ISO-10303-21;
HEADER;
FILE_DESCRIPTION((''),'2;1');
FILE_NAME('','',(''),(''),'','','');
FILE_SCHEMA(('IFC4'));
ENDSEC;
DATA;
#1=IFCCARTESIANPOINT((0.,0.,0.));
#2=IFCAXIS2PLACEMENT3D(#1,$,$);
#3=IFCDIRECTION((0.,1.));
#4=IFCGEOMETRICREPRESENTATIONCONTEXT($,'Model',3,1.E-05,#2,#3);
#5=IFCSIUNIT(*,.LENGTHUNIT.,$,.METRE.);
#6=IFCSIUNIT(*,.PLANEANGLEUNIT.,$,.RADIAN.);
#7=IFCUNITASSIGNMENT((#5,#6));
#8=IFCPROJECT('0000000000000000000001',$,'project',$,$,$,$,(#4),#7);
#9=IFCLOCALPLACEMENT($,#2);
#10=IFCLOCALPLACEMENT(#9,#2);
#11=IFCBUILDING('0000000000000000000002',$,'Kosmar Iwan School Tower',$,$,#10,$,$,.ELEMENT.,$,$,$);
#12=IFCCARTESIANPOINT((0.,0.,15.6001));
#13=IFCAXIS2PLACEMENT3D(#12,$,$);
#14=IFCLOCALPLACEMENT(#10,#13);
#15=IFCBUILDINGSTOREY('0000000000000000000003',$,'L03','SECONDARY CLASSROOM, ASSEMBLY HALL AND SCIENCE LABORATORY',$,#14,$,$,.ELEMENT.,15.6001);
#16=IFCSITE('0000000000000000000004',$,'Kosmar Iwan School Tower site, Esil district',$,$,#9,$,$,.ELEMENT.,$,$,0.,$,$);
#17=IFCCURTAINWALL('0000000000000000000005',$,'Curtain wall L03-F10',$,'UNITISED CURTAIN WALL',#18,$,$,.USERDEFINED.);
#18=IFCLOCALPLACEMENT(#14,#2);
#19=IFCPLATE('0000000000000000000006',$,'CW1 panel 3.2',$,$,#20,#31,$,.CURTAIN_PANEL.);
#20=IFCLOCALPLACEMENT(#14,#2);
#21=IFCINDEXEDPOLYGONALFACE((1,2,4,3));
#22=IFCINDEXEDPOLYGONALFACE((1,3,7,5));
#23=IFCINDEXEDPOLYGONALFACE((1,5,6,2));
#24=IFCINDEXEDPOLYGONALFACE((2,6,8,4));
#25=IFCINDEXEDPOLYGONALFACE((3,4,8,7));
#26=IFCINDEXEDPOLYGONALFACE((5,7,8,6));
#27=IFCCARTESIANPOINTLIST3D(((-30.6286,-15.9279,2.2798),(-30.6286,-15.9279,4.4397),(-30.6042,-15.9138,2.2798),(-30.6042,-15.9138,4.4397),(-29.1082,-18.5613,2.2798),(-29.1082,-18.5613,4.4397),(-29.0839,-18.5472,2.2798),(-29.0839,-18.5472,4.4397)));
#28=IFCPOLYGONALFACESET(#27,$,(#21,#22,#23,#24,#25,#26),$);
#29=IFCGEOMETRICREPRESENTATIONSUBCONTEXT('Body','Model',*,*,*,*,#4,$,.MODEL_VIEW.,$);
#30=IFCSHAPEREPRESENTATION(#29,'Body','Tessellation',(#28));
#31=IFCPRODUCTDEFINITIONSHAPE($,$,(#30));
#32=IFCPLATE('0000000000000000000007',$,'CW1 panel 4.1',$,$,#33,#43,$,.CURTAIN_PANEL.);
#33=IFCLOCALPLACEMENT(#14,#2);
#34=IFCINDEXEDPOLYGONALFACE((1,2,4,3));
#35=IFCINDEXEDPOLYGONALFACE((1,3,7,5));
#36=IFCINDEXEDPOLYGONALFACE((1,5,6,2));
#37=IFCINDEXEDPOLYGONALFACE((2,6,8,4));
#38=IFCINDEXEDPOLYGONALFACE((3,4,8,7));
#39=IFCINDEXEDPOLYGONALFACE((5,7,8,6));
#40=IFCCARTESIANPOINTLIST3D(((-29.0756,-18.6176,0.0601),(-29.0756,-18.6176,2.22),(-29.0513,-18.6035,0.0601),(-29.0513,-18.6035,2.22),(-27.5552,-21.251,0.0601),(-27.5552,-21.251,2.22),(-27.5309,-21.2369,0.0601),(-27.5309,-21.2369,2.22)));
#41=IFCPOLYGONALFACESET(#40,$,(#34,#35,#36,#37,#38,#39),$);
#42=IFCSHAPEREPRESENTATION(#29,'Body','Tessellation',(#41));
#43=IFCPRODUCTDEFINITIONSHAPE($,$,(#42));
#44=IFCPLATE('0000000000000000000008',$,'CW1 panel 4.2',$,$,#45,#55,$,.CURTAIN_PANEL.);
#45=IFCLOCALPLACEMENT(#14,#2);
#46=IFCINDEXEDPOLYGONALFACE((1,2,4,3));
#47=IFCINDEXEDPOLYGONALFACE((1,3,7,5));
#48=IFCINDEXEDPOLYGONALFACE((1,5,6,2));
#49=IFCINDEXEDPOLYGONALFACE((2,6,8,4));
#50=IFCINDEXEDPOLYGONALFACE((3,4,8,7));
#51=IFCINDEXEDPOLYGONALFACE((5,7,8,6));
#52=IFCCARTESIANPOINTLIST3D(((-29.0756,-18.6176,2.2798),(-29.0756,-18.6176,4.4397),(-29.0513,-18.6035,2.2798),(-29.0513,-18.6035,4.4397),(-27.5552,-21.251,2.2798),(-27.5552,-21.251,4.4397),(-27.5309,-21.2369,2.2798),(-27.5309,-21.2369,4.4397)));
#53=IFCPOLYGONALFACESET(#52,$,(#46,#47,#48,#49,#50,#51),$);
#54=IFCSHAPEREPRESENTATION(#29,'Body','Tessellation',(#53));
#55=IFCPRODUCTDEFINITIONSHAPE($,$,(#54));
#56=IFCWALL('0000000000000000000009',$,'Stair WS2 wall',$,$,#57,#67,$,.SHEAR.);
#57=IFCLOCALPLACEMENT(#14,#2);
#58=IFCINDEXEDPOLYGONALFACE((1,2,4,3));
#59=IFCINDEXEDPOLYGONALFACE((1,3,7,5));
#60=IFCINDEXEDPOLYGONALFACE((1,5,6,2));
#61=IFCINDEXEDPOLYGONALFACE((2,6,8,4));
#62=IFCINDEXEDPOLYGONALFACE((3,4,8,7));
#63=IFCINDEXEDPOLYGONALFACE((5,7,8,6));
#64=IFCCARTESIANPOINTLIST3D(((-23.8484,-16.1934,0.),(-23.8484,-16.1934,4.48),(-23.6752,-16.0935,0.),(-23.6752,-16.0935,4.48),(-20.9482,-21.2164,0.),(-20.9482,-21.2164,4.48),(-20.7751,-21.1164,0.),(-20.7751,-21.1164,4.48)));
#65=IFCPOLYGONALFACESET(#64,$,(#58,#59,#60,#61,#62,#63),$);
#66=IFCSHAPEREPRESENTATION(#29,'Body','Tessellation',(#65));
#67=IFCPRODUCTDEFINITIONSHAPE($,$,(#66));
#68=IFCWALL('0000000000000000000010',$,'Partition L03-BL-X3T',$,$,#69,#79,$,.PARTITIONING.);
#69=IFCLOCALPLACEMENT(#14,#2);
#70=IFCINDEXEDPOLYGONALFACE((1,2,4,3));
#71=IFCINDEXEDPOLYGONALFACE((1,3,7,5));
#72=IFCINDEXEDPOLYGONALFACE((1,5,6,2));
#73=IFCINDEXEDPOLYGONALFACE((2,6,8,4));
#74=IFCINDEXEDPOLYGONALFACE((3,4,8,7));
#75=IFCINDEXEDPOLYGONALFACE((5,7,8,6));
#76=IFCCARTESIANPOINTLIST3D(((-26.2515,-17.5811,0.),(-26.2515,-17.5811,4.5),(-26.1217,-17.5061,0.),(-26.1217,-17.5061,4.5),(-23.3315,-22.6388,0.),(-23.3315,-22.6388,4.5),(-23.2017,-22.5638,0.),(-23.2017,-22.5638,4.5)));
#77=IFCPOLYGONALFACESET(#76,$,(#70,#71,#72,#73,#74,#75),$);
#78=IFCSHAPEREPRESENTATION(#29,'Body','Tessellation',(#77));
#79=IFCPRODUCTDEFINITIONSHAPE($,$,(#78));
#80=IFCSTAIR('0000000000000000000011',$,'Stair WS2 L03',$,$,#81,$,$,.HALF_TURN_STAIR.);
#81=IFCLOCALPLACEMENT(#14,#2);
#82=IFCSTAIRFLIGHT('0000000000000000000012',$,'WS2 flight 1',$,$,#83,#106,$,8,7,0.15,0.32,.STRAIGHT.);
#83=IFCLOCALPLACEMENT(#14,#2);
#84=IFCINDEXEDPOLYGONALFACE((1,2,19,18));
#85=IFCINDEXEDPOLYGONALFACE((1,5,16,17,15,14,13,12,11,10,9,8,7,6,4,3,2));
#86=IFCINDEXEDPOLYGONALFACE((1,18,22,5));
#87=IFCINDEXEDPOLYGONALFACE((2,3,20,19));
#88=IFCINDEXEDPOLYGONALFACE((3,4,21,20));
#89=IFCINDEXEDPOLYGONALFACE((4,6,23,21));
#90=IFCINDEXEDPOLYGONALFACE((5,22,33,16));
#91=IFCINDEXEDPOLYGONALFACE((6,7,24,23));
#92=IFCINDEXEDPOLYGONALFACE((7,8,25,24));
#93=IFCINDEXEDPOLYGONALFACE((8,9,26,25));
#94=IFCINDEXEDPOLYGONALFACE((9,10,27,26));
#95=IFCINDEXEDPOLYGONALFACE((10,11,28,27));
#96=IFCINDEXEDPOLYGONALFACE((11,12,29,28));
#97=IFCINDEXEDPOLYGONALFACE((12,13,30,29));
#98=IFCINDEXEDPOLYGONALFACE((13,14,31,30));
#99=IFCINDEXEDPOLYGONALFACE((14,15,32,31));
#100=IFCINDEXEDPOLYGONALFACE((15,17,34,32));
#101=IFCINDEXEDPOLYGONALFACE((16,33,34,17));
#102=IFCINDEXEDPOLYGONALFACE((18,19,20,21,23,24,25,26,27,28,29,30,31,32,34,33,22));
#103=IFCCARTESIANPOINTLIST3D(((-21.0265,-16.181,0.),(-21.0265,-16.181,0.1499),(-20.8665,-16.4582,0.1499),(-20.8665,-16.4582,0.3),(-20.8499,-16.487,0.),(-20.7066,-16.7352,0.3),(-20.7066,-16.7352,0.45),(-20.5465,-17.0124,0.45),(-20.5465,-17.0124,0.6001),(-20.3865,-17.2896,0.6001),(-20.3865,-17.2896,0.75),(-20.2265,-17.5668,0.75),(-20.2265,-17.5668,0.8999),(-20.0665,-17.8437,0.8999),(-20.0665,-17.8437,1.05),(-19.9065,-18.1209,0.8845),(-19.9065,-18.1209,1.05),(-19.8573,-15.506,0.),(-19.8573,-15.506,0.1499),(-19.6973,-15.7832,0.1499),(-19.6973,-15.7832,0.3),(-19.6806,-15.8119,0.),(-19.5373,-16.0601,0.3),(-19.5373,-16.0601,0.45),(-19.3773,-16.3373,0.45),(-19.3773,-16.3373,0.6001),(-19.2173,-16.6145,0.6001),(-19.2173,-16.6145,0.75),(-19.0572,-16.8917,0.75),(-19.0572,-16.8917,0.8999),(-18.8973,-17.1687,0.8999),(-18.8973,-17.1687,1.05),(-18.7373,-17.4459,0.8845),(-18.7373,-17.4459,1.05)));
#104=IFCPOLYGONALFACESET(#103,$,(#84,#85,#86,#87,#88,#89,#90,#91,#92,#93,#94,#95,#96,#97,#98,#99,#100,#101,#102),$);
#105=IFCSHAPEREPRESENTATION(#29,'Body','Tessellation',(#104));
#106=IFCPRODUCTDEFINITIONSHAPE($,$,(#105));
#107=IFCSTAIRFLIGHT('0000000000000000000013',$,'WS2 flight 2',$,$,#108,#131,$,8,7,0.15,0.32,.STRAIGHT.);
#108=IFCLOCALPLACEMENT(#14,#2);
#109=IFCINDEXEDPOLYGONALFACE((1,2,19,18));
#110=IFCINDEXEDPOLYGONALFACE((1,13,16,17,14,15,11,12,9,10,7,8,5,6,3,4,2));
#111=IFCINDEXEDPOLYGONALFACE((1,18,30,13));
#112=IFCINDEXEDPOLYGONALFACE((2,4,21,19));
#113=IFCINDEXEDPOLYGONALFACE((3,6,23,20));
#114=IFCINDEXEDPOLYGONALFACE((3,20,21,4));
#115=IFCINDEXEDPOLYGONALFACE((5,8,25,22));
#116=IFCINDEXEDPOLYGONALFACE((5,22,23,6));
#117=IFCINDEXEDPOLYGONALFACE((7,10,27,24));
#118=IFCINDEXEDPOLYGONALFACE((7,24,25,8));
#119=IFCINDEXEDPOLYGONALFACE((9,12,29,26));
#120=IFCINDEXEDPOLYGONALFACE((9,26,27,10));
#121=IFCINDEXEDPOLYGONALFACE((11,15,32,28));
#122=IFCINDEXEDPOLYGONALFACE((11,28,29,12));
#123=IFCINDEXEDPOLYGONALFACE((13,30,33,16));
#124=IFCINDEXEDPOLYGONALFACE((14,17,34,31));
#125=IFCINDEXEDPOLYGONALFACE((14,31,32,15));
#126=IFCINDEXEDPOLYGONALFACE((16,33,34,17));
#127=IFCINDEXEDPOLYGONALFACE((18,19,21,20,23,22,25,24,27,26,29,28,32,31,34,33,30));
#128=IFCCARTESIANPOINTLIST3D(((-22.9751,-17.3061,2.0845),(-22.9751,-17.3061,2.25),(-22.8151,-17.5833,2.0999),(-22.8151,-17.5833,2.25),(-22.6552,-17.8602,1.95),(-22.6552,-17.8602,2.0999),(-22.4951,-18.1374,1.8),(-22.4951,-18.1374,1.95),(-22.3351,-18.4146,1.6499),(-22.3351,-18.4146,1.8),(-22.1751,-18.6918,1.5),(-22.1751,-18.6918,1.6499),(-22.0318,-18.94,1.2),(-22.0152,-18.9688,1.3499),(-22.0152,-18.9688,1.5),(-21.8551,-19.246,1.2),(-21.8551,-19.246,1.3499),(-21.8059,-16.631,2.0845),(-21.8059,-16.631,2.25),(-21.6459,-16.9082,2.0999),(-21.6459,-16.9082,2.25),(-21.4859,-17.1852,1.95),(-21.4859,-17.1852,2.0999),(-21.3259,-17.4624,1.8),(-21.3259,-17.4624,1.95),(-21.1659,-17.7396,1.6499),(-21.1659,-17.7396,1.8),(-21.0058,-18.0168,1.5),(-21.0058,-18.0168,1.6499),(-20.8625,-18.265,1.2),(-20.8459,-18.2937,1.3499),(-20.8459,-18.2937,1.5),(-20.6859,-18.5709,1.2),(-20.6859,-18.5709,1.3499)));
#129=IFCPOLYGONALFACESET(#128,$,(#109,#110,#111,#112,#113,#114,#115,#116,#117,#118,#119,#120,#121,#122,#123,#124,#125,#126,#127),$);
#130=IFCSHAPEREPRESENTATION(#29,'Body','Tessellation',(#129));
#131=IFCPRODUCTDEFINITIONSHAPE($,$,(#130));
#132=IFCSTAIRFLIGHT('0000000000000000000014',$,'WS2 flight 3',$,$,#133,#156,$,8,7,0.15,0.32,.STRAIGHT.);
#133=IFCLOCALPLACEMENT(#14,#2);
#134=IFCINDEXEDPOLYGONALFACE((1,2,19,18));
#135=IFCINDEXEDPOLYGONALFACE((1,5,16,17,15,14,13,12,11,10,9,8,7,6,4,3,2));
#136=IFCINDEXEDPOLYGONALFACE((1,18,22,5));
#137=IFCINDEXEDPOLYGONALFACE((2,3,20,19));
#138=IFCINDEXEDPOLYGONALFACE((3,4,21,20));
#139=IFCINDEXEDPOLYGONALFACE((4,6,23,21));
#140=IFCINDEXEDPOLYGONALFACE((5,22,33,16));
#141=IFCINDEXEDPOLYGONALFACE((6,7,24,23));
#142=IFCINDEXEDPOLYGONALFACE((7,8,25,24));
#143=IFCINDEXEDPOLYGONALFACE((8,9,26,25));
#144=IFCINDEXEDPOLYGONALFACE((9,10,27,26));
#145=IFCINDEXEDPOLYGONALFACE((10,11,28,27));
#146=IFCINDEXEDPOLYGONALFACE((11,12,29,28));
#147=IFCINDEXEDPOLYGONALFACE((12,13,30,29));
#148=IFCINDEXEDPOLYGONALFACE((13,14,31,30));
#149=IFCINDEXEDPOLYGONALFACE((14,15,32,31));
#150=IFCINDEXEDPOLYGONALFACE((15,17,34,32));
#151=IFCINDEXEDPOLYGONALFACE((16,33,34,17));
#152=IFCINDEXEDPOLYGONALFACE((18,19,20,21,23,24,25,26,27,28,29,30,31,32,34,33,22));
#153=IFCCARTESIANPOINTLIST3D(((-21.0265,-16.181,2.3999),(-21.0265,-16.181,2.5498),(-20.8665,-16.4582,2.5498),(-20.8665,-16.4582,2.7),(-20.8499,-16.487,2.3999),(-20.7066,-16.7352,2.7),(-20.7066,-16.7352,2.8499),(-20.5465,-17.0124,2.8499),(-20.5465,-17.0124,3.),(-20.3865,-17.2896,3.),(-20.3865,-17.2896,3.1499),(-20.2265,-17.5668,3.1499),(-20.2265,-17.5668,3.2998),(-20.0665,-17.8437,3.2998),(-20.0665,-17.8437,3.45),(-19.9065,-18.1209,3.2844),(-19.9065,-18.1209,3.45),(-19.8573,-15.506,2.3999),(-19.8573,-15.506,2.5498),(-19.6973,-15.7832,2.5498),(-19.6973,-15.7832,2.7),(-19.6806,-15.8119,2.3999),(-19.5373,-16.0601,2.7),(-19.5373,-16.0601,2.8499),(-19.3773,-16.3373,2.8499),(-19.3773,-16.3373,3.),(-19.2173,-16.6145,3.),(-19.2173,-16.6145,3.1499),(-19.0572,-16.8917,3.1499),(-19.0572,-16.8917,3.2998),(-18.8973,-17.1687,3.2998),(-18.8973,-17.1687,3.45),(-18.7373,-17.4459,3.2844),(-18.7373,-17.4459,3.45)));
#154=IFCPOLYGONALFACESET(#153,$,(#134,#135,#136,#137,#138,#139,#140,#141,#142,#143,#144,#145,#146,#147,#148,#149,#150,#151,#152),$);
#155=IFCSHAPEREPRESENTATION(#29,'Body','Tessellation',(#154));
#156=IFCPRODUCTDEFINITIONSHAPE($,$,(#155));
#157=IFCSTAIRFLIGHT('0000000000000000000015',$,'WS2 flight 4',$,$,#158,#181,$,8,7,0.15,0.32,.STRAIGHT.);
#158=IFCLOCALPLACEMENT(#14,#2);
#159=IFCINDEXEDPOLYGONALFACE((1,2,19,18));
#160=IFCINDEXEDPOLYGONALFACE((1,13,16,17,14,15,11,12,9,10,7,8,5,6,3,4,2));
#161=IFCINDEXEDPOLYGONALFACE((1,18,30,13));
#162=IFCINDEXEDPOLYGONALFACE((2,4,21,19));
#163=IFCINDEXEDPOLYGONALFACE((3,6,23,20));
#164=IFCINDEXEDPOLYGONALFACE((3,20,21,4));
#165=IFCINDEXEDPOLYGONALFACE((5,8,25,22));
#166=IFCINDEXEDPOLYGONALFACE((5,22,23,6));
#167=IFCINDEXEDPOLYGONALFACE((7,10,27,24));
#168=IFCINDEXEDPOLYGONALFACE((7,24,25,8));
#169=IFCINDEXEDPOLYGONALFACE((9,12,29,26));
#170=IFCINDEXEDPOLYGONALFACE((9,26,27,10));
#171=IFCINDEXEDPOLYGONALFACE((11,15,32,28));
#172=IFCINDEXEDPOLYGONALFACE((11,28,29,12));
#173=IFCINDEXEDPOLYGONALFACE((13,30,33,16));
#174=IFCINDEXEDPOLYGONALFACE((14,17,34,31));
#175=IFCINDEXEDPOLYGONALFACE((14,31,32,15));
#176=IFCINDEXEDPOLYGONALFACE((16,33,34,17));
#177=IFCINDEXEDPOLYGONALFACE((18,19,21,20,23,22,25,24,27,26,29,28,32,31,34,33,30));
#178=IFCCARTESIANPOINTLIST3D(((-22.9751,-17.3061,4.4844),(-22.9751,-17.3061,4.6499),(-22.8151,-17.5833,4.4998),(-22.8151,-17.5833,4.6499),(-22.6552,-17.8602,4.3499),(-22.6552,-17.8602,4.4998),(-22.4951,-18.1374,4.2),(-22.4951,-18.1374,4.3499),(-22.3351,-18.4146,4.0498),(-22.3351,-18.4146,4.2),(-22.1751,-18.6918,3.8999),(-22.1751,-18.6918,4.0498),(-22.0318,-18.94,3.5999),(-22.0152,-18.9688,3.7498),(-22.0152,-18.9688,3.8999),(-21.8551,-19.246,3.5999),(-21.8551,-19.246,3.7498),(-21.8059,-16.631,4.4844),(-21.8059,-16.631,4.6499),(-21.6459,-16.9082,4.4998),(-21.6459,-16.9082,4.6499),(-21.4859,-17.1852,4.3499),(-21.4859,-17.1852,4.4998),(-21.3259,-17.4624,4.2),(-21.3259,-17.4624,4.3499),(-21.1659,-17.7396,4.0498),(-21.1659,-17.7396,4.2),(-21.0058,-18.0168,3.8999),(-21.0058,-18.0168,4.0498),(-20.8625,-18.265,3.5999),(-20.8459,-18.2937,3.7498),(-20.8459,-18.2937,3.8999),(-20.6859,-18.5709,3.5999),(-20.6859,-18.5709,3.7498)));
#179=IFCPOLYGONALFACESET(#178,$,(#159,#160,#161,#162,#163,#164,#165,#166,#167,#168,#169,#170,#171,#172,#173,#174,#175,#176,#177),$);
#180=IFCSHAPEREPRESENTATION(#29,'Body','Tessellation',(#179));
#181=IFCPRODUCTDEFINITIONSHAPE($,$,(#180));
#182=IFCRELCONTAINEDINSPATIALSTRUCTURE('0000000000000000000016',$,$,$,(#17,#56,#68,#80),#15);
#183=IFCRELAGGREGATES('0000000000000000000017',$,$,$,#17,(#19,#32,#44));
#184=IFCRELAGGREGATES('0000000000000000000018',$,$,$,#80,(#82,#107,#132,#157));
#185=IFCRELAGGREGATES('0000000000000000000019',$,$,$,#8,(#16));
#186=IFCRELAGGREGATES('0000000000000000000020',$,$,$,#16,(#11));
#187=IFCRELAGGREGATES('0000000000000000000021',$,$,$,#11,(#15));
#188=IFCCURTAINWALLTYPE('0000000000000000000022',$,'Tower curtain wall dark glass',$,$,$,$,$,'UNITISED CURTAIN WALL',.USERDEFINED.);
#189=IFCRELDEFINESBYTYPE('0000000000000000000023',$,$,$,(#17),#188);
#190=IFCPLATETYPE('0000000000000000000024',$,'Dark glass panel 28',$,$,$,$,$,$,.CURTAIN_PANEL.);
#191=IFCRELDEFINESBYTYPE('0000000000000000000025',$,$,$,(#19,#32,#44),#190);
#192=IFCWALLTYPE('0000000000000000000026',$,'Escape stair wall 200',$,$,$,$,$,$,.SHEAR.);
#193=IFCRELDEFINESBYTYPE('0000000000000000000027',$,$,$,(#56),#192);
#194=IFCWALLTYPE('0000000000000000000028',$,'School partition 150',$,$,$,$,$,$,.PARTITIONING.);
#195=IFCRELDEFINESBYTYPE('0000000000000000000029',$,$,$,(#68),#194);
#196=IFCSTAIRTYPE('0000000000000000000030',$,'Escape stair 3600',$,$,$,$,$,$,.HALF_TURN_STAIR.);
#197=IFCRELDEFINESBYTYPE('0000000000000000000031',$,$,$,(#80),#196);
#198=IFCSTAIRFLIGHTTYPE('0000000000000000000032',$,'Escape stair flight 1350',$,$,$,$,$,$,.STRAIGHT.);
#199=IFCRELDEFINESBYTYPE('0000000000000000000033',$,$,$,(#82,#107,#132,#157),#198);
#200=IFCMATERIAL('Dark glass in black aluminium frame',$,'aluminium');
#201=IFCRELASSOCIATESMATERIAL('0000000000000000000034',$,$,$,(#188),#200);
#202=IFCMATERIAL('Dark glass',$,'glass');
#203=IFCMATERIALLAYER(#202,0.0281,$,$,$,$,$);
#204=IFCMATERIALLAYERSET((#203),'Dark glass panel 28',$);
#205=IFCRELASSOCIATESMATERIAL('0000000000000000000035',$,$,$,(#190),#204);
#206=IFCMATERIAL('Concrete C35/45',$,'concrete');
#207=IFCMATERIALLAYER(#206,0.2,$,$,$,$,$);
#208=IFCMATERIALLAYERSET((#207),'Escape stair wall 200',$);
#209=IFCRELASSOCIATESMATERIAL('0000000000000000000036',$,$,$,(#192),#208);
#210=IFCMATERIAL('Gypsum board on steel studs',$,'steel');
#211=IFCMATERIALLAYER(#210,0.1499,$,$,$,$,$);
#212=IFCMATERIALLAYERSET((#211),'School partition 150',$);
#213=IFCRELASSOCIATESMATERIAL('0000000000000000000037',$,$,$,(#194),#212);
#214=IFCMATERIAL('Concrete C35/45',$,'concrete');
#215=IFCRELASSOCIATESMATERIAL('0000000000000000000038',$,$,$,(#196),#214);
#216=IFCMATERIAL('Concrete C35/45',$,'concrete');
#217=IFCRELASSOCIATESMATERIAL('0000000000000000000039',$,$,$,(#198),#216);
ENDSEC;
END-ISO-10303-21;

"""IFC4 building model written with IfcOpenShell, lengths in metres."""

from ifc_helpers import new_model, si_unit, direction, frame, frame_2d, origin, origin_2d, place, context, subcontext, project, spatial, polyline, rectangle, outline, extrude, material, layer, layer_set, type_object, element, aggregate, save


model = new_model("IFC4")

# Units and contexts
model_context = context("Model", 3, precision=1e-05, world=origin(), true_north=direction((0.0, 1.0)))
body_context = subcontext(model_context, "Body", "Model", "MODEL_VIEW")
ifc_project = project(units=[si_unit("LENGTHUNIT", "METRE"), si_unit("PLANEANGLEUNIT", "RADIAN")], contexts=[model_context])

# Site, building, storey
site_placement = place(None, origin())
site = spatial("IfcSite", under=ifc_project, at=site_placement, Name="Kosmar Iwan School Tower site, Esil district", CompositionType="ELEMENT", RefElevation=0.0)
building_placement = place(site_placement, origin())
building = spatial("IfcBuilding", under=site, at=building_placement, Name="Kosmar Iwan School Tower", CompositionType="ELEMENT")
storey_placement = place(building_placement, frame((0.0, 0.0, 15.6001)))
storey = spatial("IfcBuildingStorey", under=building, at=storey_placement, Name="L03", Description="SECONDARY CLASSROOM, ASSEMBLY HALL AND SCIENCE LABORATORY", CompositionType="ELEMENT", Elevation=15.6001)

# Curtain wall, plates
ifc_material_1 = material(Name="Dark glass in black aluminium frame", Category="aluminium")
curtain_wall_type = type_object("IfcCurtainWallType", Name="Tower curtain wall dark glass", ElementType="UNITISED CURTAIN WALL", PredefinedType="USERDEFINED", material=ifc_material_1)
curtain_wall_placement = place(storey_placement, origin())
curtain_wall = element("IfcCurtainWall", 1, at=curtain_wall_placement, inside=storey, type_object=curtain_wall_type, Name="Curtain wall L03-F10", ObjectType="UNITISED CURTAIN WALL", PredefinedType="USERDEFINED")
ifc_material_2 = material(Name="Dark glass", Category="glass")
ifc_layer_1 = layer(ifc_material_2, 0.0281)
ifc_layer_set_1 = layer_set([ifc_layer_1], Name="Dark glass panel 28")
plate_type = type_object("IfcPlateType", Name="Dark glass panel 28", PredefinedType="CURTAIN_PANEL", material=ifc_layer_set_1)
plate_1_placement = place(storey_placement, frame((-29.8562, -17.2375, 2.2798), z_axis=(0.0, 0.0, 1.0), x_axis=(0.5, -0.866025, 0.0)))
plate_1 = element("IfcPlate", 2, at=plate_1_placement, type_object=plate_type, Name="CW1 panel 3.2", PredefinedType="CURTAIN_PANEL", context=body_context, shape_type="SweptSolid", body=[
    extrude(rectangle(XDim=3.0408, YDim=0.0281, at=origin_2d()), origin(), (0.0, 0.0, 1.0), 2.1599),
])
plate_2_placement = place(storey_placement, frame((-28.3032, -19.9272, 0.0601), z_axis=(0.0, 0.0, 1.0), x_axis=(0.5, -0.866025, 0.0)))
plate_2 = element("IfcPlate", 3, at=plate_2_placement, type_object=plate_type, Name="CW1 panel 4.1", PredefinedType="CURTAIN_PANEL", context=body_context, shape_type="SweptSolid", body=[
    extrude(rectangle(XDim=3.0408, YDim=0.0281, at=origin_2d()), origin(), (0.0, 0.0, 1.0), 2.1599),
])
plate_3_placement = place(storey_placement, frame((-28.3032, -19.9272, 2.2798), z_axis=(0.0, 0.0, 1.0), x_axis=(0.5, -0.866025, 0.0)))
plate_3 = element("IfcPlate", 4, at=plate_3_placement, type_object=plate_type, Name="CW1 panel 4.2", PredefinedType="CURTAIN_PANEL", context=body_context, shape_type="SweptSolid", body=[
    extrude(rectangle(XDim=3.0408, YDim=0.0281, at=origin_2d()), origin(), (0.0, 0.0, 1.0), 2.1599),
])
aggregate(curtain_wall, [plate_1, plate_2, plate_3])

# Walls
ifc_material_3 = material(Name="Concrete C35/45", Category="concrete")
ifc_layer_2 = layer(ifc_material_3, 0.2)
ifc_layer_set_2 = layer_set([ifc_layer_2], Name="Escape stair wall 200")
wall_type_1 = type_object("IfcWallType", Name="Escape stair wall 200", PredefinedType="SHEAR", material=ifc_layer_set_2)
wall_1_placement = place(storey_placement, frame((-23.7617, -16.1436, 0.0), z_axis=(0.0, 0.0, 1.0), x_axis=(0.500019, -0.866015, 0.0)))
element("IfcWall", 5, at=wall_1_placement, inside=storey, type_object=wall_type_1, Name="Stair WS2 wall", PredefinedType="SHEAR", context=body_context, shape_type="SweptSolid", body=[
    extrude(rectangle(XDim=5.8, YDim=0.2, at=frame_2d((2.8999, 0.0))), origin(), (0.0, 0.0, 1.0), 4.48),
])
ifc_material_4 = material(Name="Gypsum board on steel studs", Category="steel")
ifc_layer_3 = layer(ifc_material_4, 0.1499)
ifc_layer_set_3 = layer_set([ifc_layer_3], Name="School partition 150")
wall_type_2 = type_object("IfcWallType", Name="School partition 150", PredefinedType="PARTITIONING", material=ifc_layer_set_3)
wall_2_placement = place(storey_placement, frame((-26.1865, -17.5437, 0.0), z_axis=(0.0, 0.0, 1.0), x_axis=(0.499988, -0.866032, 0.0)))
element("IfcWall", 6, at=wall_2_placement, inside=storey, type_object=wall_type_2, Name="Partition L03-BL-X3T", PredefinedType="PARTITIONING", context=body_context, shape_type="SweptSolid", body=[
    extrude(rectangle(XDim=5.8401, YDim=0.1499, at=frame_2d((2.9199, 0.0))), origin(), (0.0, 0.0, 1.0), 4.5),
])

# Stair, stair flights
ifc_material_5 = material(Name="Concrete C35/45", Category="concrete")
stair_type = type_object("IfcStairType", Name="Escape stair 3600", PredefinedType="HALF_TURN_STAIR", material=ifc_material_5)
stair_placement = place(storey_placement, origin())
stair = element("IfcStair", 7, at=stair_placement, inside=storey, type_object=stair_type, Name="Stair WS2 L03", PredefinedType="HALF_TURN_STAIR")
ifc_material_6 = material(Name="Concrete C35/45", Category="concrete")
stair_flight_type = type_object("IfcStairFlightType", Name="Escape stair flight 1350", PredefinedType="STRAIGHT", material=ifc_material_6)
stair_flight_1_placement = place(storey_placement, frame((-20.4419, -15.8435, 0.0), z_axis=(0.0, 0.0, 1.0), x_axis=(0.5, -0.866025, 0.0)))
stair_flight_1 = element("IfcStairFlight", 8, at=stair_flight_1_placement, type_object=stair_flight_type, Name="WS2 flight 1", NumberOfRisers=8, NumberOfTreads=7, PredefinedType="STRAIGHT", RiserHeight=0.15, TreadLength=0.32, context=body_context, shape_type="SweptSolid", body=[
    extrude(outline(polyline([(0.0, 0.0), (0.0, 0.1499), (0.3201, 0.1499), (0.3201, 0.3), (0.6399, 0.3), (0.6399, 0.45), (0.96, 0.45), (0.96, 0.6001), (1.28, 0.6001), (1.28, 0.75), (1.6001, 0.75), (1.6001, 0.8999), (1.9199, 0.8999), (1.9199, 1.05), (2.24, 1.05), (2.24, 1.2), (2.24, 0.8845), (0.3533, 0.0), (0.0, 0.0)])), frame((0.0, 0.675, 0.0), z_axis=(0.0, -1.0, 0.0), x_axis=(1.0, 0.0, 0.0)), (0.0, 0.0, 1.0), 1.3501),
])
stair_flight_2_placement = place(storey_placement, frame((-21.2705, -18.9084, 1.2), z_axis=(0.0, 0.0, 1.0), x_axis=(-0.5, 0.866025, 0.0)))
stair_flight_2 = element("IfcStairFlight", 9, at=stair_flight_2_placement, type_object=stair_flight_type, Name="WS2 flight 2", NumberOfRisers=8, NumberOfTreads=7, PredefinedType="STRAIGHT", RiserHeight=0.15, TreadLength=0.32, context=body_context, shape_type="SweptSolid", body=[
    extrude(outline(polyline([(0.0, 0.0), (0.0, 0.1499), (0.3201, 0.1499), (0.3201, 0.3), (0.6399, 0.3), (0.6399, 0.45), (0.96, 0.45), (0.96, 0.6001), (1.28, 0.6001), (1.28, 0.75), (1.6001, 0.75), (1.6001, 0.8999), (1.9199, 0.8999), (1.9199, 1.05), (2.24, 1.05), (2.24, 1.2), (2.24, 0.8845), (0.3533, 0.0), (0.0, 0.0)])), frame((0.0, 0.675, 0.0), z_axis=(0.0, -1.0, 0.0), x_axis=(1.0, 0.0, 0.0)), (0.0, 0.0, 1.0), 1.3501),
])
stair_flight_3_placement = place(storey_placement, frame((-20.4419, -15.8435, 2.3999), z_axis=(0.0, 0.0, 1.0), x_axis=(0.5, -0.866025, 0.0)))
stair_flight_3 = element("IfcStairFlight", 10, at=stair_flight_3_placement, type_object=stair_flight_type, Name="WS2 flight 3", NumberOfRisers=8, NumberOfTreads=7, PredefinedType="STRAIGHT", RiserHeight=0.15, TreadLength=0.32, context=body_context, shape_type="SweptSolid", body=[
    extrude(outline(polyline([(0.0, 0.0), (0.0, 0.1499), (0.3201, 0.1499), (0.3201, 0.3), (0.6399, 0.3), (0.6399, 0.45), (0.96, 0.45), (0.96, 0.6001), (1.28, 0.6001), (1.28, 0.75), (1.6001, 0.75), (1.6001, 0.8999), (1.9199, 0.8999), (1.9199, 1.05), (2.24, 1.05), (2.24, 1.2), (2.24, 0.8845), (0.3533, 0.0), (0.0, 0.0)])), frame((0.0, 0.675, 0.0), z_axis=(0.0, -1.0, 0.0), x_axis=(1.0, 0.0, 0.0)), (0.0, 0.0, 1.0), 1.3501),
])
stair_flight_4_placement = place(storey_placement, frame((-21.2705, -18.9084, 3.5999), z_axis=(0.0, 0.0, 1.0), x_axis=(-0.5, 0.866025, 0.0)))
stair_flight_4 = element("IfcStairFlight", 11, at=stair_flight_4_placement, type_object=stair_flight_type, Name="WS2 flight 4", NumberOfRisers=8, NumberOfTreads=7, PredefinedType="STRAIGHT", RiserHeight=0.15, TreadLength=0.32, context=body_context, shape_type="SweptSolid", body=[
    extrude(outline(polyline([(0.0, 0.0), (0.0, 0.1499), (0.3201, 0.1499), (0.3201, 0.3), (0.6399, 0.3), (0.6399, 0.45), (0.96, 0.45), (0.96, 0.6001), (1.28, 0.6001), (1.28, 0.75), (1.6001, 0.75), (1.6001, 0.8999), (1.9199, 0.8999), (1.9199, 1.05), (2.24, 1.05), (2.24, 1.2), (2.24, 0.8845), (0.3533, 0.0), (0.0, 0.0)])), frame((0.0, 0.675, 0.0), z_axis=(0.0, -1.0, 0.0), x_axis=(1.0, 0.0, 0.0)), (0.0, 0.0, 1.0), 1.3501),
])
aggregate(stair, [stair_flight_1, stair_flight_2, stair_flight_3, stair_flight_4])

save(model, "model.ifc")
